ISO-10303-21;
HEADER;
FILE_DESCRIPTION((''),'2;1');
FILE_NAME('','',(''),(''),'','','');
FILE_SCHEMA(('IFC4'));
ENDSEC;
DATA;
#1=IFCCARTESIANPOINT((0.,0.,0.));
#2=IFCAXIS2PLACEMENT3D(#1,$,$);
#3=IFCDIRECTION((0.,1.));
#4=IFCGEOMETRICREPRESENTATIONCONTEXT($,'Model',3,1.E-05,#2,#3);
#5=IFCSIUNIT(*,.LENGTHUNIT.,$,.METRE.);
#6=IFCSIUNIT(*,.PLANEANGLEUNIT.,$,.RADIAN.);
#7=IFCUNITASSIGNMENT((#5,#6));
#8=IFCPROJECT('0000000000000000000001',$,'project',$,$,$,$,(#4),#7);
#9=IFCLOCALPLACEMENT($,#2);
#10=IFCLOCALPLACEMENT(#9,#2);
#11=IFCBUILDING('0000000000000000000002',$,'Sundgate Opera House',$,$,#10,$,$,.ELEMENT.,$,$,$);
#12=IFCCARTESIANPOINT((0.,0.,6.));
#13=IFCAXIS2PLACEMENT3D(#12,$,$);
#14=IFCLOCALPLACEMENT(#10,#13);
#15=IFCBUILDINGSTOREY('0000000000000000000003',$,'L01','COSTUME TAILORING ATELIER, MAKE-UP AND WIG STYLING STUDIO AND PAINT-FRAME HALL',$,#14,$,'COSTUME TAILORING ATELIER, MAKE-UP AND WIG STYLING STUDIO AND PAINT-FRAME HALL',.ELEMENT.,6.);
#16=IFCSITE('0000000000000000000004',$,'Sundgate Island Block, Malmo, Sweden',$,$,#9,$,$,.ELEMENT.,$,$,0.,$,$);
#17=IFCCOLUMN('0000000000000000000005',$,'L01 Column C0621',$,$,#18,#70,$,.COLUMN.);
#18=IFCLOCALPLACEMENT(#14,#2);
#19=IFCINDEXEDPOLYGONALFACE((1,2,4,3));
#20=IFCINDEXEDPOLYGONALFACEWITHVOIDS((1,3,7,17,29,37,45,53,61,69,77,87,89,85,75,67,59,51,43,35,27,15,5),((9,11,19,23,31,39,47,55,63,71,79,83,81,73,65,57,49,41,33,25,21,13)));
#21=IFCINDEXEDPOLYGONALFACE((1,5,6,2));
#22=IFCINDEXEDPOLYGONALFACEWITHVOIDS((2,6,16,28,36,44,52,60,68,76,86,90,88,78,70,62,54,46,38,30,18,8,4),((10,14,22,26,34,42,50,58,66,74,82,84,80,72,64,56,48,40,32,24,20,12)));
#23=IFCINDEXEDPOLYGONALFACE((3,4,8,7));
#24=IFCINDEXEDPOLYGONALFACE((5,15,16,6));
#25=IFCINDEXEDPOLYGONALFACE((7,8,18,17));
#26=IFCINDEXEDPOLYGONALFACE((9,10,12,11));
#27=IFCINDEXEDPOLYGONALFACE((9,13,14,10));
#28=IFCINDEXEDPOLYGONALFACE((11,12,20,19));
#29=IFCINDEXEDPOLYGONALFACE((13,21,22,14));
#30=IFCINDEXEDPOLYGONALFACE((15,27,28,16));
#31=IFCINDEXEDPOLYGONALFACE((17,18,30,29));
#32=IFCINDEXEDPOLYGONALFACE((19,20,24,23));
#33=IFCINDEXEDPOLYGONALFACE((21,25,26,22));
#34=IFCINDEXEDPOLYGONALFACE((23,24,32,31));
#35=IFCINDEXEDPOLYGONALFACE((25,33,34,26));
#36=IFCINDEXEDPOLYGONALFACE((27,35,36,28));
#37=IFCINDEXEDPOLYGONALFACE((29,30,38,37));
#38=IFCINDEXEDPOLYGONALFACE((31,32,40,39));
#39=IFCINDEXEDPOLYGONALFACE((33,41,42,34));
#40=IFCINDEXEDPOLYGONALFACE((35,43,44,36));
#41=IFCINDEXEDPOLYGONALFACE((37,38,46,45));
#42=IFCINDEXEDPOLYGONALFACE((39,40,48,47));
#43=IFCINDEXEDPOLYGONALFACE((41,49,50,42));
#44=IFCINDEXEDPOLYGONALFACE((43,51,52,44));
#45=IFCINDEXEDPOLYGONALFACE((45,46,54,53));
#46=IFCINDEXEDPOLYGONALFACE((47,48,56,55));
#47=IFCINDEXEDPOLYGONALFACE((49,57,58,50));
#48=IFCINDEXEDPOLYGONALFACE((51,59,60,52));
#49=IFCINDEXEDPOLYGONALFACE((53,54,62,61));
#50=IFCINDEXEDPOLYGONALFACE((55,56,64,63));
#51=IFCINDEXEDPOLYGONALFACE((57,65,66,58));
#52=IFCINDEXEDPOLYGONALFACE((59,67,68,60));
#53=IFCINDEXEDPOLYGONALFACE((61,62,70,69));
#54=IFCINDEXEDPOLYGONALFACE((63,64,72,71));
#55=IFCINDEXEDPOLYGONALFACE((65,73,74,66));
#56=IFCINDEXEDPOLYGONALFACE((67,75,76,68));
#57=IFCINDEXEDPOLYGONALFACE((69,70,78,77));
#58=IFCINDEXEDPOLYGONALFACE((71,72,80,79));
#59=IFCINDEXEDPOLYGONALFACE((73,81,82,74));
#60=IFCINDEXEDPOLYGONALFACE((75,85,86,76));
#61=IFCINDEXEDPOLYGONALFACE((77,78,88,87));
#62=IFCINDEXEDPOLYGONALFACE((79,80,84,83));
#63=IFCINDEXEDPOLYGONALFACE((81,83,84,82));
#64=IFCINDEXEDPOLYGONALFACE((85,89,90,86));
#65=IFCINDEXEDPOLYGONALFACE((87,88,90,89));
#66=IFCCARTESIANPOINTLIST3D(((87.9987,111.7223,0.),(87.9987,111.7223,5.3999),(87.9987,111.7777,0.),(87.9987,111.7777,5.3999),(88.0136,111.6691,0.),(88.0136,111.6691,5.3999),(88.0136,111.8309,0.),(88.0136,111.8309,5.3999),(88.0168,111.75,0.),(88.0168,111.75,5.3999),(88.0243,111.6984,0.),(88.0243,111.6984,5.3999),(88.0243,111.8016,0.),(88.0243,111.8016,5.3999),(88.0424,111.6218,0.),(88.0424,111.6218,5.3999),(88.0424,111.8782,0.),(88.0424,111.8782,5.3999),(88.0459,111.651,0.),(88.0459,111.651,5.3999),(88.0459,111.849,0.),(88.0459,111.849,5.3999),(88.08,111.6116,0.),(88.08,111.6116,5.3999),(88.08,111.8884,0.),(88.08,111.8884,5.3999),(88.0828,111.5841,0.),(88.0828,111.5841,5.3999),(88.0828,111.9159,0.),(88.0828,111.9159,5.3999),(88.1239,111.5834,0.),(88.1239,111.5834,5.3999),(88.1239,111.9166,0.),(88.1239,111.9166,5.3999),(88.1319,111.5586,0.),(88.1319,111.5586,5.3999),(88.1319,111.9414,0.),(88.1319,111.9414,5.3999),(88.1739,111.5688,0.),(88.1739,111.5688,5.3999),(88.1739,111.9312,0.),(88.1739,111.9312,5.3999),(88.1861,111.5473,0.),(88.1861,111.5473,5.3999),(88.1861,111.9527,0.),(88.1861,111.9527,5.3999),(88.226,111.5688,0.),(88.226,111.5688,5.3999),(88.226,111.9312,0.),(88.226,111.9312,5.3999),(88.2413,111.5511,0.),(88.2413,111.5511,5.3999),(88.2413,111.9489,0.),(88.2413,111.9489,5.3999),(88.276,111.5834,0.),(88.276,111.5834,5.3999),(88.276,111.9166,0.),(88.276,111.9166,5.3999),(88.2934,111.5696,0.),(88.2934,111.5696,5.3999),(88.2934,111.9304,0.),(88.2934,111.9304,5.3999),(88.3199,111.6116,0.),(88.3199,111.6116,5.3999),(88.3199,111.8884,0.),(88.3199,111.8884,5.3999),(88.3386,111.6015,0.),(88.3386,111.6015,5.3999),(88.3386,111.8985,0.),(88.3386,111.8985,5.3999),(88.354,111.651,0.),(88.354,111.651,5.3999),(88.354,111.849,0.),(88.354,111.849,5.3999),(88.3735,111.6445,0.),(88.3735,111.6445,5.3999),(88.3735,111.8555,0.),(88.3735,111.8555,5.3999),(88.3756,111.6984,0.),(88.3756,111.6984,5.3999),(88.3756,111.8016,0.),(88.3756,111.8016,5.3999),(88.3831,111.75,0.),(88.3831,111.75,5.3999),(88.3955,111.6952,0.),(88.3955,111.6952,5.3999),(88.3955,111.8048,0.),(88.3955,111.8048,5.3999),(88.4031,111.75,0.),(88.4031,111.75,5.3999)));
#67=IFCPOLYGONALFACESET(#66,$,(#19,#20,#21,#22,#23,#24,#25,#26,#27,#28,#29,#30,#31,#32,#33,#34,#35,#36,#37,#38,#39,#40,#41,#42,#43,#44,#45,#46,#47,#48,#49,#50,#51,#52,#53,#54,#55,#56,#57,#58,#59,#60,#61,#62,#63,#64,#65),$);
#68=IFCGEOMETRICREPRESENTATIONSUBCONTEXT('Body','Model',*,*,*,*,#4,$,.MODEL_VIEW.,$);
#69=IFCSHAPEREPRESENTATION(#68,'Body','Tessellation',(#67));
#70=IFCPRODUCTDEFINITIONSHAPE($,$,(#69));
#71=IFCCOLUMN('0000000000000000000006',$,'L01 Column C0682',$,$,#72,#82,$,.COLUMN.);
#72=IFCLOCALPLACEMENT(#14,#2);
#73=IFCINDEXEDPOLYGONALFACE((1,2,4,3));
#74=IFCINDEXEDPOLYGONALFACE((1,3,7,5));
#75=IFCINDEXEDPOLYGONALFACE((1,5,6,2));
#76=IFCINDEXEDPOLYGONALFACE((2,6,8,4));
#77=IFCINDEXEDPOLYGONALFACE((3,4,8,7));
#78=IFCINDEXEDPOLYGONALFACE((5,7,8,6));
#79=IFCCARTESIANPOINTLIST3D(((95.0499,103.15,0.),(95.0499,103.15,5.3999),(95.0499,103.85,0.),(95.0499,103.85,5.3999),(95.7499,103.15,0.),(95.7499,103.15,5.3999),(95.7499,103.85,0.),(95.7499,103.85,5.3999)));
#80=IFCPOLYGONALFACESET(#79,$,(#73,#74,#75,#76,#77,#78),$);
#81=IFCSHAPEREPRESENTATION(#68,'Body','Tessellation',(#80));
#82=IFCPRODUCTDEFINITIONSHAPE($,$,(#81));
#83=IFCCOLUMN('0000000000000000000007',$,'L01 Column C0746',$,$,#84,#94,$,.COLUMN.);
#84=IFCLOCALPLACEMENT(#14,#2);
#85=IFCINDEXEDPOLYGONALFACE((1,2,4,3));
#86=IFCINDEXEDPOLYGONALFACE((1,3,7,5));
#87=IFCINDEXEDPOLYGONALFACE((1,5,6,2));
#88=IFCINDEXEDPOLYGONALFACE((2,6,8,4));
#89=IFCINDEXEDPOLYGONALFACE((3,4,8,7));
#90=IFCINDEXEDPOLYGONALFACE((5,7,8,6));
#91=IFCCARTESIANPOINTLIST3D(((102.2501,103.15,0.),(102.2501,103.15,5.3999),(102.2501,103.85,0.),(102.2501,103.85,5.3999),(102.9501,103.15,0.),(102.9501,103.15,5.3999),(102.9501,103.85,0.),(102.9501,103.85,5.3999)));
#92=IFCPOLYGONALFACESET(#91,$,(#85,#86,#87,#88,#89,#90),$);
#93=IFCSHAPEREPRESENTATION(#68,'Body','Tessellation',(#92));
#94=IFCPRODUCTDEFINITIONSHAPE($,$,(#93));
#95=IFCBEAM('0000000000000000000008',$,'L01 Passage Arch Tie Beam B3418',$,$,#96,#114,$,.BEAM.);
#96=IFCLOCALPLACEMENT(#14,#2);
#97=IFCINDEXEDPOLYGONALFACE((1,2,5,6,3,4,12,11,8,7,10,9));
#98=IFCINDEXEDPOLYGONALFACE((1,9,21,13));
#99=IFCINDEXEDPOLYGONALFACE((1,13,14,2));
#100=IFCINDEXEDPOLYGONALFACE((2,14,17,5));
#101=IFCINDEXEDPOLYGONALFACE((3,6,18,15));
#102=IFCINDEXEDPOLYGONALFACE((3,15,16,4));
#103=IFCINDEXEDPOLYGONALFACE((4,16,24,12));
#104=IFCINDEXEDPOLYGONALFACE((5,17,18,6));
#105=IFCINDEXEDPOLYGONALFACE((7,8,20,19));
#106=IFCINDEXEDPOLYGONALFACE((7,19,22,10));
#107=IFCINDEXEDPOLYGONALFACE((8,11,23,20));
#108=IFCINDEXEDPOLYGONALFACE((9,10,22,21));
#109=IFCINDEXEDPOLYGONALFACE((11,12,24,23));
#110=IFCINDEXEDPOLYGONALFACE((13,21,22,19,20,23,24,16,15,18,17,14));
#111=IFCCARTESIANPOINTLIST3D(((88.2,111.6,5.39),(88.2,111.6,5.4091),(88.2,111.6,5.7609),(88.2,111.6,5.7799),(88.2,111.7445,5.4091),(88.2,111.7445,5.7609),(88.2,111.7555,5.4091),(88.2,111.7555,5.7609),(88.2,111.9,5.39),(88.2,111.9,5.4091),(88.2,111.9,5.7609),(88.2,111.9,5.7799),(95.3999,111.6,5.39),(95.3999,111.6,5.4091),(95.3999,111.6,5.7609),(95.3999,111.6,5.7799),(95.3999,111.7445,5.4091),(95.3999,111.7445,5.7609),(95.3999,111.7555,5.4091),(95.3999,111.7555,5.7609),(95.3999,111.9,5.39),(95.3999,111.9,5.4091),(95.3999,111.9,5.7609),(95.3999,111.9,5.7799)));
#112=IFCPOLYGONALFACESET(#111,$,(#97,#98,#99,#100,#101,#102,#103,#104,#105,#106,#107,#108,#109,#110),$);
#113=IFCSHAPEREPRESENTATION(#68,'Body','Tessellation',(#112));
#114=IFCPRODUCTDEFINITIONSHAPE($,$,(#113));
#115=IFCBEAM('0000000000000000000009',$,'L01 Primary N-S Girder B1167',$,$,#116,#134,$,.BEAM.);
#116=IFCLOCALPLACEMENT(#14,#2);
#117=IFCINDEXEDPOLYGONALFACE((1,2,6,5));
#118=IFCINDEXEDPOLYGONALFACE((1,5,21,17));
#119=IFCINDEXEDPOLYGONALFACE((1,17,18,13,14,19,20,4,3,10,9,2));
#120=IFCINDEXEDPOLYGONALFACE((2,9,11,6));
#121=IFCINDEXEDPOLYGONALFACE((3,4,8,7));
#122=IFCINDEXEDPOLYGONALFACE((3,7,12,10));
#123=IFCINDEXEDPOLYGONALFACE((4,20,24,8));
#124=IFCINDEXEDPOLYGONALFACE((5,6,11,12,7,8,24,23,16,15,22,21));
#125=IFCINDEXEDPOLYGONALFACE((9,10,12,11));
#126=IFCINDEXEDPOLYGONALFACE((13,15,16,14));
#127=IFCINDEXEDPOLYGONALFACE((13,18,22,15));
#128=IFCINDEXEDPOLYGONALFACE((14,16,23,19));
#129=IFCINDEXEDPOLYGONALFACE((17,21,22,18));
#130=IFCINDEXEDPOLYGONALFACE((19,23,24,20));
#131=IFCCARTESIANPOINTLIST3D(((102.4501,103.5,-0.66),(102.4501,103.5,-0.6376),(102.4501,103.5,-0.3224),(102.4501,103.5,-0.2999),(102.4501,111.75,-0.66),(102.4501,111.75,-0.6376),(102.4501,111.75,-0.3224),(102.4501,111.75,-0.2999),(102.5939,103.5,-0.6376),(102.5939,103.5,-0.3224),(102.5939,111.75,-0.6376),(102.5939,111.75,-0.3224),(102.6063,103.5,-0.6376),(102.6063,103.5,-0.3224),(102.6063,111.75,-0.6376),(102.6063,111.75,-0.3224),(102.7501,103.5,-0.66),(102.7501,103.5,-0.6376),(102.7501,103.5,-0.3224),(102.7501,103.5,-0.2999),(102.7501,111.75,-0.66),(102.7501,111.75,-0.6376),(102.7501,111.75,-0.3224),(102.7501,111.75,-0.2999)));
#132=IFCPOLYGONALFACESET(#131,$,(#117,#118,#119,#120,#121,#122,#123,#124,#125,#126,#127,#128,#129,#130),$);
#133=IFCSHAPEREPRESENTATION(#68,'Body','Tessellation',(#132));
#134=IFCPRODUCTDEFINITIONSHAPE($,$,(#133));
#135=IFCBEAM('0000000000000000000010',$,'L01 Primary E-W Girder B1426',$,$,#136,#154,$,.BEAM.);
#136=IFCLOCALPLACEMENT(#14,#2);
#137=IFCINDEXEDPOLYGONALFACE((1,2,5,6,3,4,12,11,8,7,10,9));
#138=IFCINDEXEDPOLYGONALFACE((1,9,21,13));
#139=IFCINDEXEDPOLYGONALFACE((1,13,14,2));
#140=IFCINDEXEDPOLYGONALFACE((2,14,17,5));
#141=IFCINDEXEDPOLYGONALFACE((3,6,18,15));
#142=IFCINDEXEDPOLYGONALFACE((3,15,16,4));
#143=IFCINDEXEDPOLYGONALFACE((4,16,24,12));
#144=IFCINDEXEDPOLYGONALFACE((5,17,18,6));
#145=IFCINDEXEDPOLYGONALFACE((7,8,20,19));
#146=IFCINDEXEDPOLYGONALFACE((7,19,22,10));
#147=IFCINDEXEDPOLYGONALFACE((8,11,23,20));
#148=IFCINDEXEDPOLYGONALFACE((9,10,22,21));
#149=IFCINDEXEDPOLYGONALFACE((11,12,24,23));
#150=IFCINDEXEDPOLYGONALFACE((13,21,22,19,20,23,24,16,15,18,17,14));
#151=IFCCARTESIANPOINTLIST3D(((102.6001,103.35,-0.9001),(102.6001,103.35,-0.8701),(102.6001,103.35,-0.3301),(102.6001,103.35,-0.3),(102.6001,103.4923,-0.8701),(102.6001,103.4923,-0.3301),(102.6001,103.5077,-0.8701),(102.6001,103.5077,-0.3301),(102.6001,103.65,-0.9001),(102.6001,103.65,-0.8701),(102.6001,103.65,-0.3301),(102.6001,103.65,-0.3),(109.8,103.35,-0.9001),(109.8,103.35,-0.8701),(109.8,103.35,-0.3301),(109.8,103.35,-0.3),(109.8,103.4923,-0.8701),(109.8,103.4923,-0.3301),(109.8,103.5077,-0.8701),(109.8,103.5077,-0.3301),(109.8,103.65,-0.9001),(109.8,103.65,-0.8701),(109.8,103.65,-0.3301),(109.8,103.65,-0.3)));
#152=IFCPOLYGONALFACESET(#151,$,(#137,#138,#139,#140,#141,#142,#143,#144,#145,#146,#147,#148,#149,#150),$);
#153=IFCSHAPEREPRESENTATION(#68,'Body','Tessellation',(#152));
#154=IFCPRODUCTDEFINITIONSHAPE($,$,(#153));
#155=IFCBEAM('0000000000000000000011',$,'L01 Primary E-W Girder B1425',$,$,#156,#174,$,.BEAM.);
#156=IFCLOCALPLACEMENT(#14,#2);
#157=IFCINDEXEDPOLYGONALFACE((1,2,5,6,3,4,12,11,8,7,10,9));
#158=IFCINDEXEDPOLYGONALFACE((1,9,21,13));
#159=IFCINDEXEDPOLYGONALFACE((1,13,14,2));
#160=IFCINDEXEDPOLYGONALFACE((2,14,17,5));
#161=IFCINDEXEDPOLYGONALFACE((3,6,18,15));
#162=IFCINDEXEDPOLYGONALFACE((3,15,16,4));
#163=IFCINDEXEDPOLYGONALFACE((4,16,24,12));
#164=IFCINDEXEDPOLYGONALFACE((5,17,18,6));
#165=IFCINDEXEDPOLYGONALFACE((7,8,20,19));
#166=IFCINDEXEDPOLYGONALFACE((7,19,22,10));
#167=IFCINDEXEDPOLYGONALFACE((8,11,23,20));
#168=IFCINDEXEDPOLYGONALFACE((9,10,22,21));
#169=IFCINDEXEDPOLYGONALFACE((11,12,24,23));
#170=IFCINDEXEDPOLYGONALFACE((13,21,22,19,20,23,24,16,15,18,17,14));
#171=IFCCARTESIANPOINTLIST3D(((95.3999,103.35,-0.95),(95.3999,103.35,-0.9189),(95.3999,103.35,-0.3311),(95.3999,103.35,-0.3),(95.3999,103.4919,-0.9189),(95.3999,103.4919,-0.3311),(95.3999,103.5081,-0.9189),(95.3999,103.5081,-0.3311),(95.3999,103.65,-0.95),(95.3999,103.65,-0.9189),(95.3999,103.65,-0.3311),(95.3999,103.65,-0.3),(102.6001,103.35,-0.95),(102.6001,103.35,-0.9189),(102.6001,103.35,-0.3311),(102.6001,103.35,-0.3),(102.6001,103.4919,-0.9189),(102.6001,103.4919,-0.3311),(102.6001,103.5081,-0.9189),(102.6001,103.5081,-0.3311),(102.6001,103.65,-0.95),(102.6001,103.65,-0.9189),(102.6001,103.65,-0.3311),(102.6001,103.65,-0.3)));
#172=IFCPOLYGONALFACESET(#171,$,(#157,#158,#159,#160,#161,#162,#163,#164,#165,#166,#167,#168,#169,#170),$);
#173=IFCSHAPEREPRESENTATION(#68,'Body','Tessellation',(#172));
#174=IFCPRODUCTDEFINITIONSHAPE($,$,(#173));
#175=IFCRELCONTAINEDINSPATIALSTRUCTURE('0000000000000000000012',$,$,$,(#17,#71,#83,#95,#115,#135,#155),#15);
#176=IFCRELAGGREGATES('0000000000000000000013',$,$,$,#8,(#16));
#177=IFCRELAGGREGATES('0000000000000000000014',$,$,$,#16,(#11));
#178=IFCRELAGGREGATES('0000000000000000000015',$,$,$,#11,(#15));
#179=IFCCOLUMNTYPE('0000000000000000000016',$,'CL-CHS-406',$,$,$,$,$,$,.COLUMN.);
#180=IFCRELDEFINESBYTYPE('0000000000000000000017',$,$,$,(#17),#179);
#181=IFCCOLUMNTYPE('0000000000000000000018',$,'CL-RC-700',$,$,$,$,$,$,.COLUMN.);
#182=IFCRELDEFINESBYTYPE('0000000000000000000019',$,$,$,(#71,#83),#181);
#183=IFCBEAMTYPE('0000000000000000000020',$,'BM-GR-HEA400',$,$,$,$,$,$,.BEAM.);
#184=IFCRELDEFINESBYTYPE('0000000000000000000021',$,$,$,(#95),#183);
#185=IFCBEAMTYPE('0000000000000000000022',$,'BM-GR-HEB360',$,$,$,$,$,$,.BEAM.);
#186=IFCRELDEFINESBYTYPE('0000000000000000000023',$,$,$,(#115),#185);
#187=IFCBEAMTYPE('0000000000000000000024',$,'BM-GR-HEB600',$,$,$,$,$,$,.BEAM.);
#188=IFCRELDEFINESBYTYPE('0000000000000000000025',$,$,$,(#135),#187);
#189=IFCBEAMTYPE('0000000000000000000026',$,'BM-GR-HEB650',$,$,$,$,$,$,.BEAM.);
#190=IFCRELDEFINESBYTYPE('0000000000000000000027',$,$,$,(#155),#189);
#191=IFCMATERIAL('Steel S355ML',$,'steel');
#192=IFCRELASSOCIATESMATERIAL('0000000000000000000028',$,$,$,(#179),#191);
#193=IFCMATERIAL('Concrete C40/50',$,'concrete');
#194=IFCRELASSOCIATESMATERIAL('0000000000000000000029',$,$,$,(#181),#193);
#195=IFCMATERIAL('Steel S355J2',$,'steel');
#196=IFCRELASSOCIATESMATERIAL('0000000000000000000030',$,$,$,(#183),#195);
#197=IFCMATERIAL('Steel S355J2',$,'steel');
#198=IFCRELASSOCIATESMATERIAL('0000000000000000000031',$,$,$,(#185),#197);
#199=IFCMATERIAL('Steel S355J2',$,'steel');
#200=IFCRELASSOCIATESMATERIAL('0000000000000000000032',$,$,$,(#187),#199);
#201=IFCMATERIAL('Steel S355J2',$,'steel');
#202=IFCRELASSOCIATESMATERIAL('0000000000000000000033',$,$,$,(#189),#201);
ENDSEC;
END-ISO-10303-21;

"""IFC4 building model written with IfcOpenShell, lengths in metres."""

from ifc_helpers import new_model, si_unit, direction, frame, origin, origin_2d, place, context, subcontext, project, spatial, rectangle, hollow_circle, i_section, extrude, material, material_profile, profile_set, type_object, element, save


model = new_model("IFC4")

# Units and contexts
model_context = context("Model", 3, precision=1e-05, world=origin(), true_north=direction((0.0, 1.0)))
body_context = subcontext(model_context, "Body", "Model", "MODEL_VIEW")
ifc_project = project(units=[si_unit("LENGTHUNIT", "METRE"), si_unit("PLANEANGLEUNIT", "RADIAN")], contexts=[model_context])

# Site, building, storey
site_placement = place(None, origin())
site = spatial("IfcSite", under=ifc_project, at=site_placement, Name="Sundgate Island Block, Malmo, Sweden", CompositionType="ELEMENT", RefElevation=0.0)
building_placement = place(site_placement, origin())
building = spatial("IfcBuilding", under=site, at=building_placement, Name="Sundgate Opera House", CompositionType="ELEMENT")
storey_placement = place(building_placement, frame((0.0, 0.0, 6.0)))
storey = spatial("IfcBuildingStorey", under=building, at=storey_placement, Name="L01", Description="COSTUME TAILORING ATELIER, MAKE-UP AND WIG STYLING STUDIO AND PAINT-FRAME HALL", LongName="COSTUME TAILORING ATELIER, MAKE-UP AND WIG STYLING STUDIO AND PAINT-FRAME HALL", CompositionType="ELEMENT", Elevation=6.0)

# Columns
ifc_material_1 = material(Name="Steel S355ML", Category="steel")
ifc_material_profile_1 = material_profile(ifc_material_1, hollow_circle(Radius=0.2031, WallThickness=0.02, at=origin_2d()), Name="CHS 406.4x20.0")
ifc_profile_set_1 = profile_set([ifc_material_profile_1], Name="Steel S355ML")
column_type_1 = type_object("IfcColumnType", Name="CL-CHS-406", PredefinedType="COLUMN", material=ifc_profile_set_1)
column_placement = place(storey_placement, frame((88.2, 111.75, 0.0), z_axis=(0.0, 0.0, 1.0), x_axis=(1.0, 0.0, 0.0)))
element("IfcColumn", 1, at=column_placement, inside=storey, type_object=column_type_1, Name="L01 Column C0621", PredefinedType="COLUMN", context=body_context, shape_type="SweptSolid", body=[
    extrude(hollow_circle(Radius=0.2031, WallThickness=0.02, at=origin_2d()), origin(), (0.0, 0.0, 1.0), 5.3999),
])
ifc_material_2 = material(Name="Concrete C40/50", Category="concrete")
ifc_material_profile_2 = material_profile(ifc_material_2, rectangle(XDim=0.7, YDim=0.7, at=origin_2d()), Name="RC 700x700")
ifc_profile_set_2 = profile_set([ifc_material_profile_2], Name="Concrete C40/50")
column_type_2 = type_object("IfcColumnType", Name="CL-RC-700", PredefinedType="COLUMN", material=ifc_profile_set_2)
for number, where, z_axis, x_axis, name in (
    (2, (95.3999, 103.5, 0.0), (0.0, 0.0, 1.0), (1.0, 0.0, 0.0), "L01 Column C0682"),
    (3, (102.6001, 103.5, 0.0), (0.0, 0.0, 1.0), (1.0, 0.0, 0.0), "L01 Column C0746"),
):
    element("IfcColumn", number, at=place(storey_placement, frame(where, z_axis=z_axis, x_axis=x_axis)), inside=storey, type_object=column_type_2, Name=name, PredefinedType="COLUMN", context=body_context, shape_type="SweptSolid", body=[
        extrude(rectangle(XDim=0.7, YDim=0.7, at=origin_2d()), origin(), (0.0, 0.0, 1.0), 5.3999),
    ])

# Beams
ifc_material_3 = material(Name="Steel S355J2", Category="steel")
ifc_material_profile_3 = material_profile(ifc_material_3, i_section(OverallWidth=0.3, OverallDepth=0.3899, WebThickness=0.011, FlangeThickness=0.019, at=origin_2d()), Name="HEA 400")
ifc_profile_set_3 = profile_set([ifc_material_profile_3], Name="Steel S355J2")
beam_type_1 = type_object("IfcBeamType", Name="BM-GR-HEA400", PredefinedType="BEAM", material=ifc_profile_set_3)
beam_1_placement = place(storey_placement, frame((88.2, 111.75, 5.585), z_axis=(1.0, 0.0, 0.0), x_axis=(0.0, 1.0, 0.0)))
element("IfcBeam", 4, at=beam_1_placement, inside=storey, type_object=beam_type_1, Name="L01 Passage Arch Tie Beam B3418", PredefinedType="BEAM", context=body_context, shape_type="SweptSolid", body=[
    extrude(i_section(OverallWidth=0.3, OverallDepth=0.3899, WebThickness=0.011, FlangeThickness=0.019, at=origin_2d()), origin(), (0.0, 0.0, 1.0), 7.2),
])
ifc_material_4 = material(Name="Steel S355J2", Category="steel")
ifc_material_profile_4 = material_profile(ifc_material_4, i_section(OverallWidth=0.3, OverallDepth=0.3601, WebThickness=0.0125, FlangeThickness=0.0225, at=origin_2d()), Name="HEB 360")
ifc_profile_set_4 = profile_set([ifc_material_profile_4], Name="Steel S355J2")
beam_type_2 = type_object("IfcBeamType", Name="BM-GR-HEB360", PredefinedType="BEAM", material=ifc_profile_set_4)
beam_2_placement = place(storey_placement, frame((102.6001, 103.5, -0.48), z_axis=(0.0, 1.0, 0.0), x_axis=(-1.0, 0.0, 0.0)))
element("IfcBeam", 5, at=beam_2_placement, inside=storey, type_object=beam_type_2, Name="L01 Primary N-S Girder B1167", PredefinedType="BEAM", context=body_context, shape_type="SweptSolid", body=[
    extrude(i_section(OverallWidth=0.3, OverallDepth=0.3601, WebThickness=0.0125, FlangeThickness=0.0225, at=origin_2d()), origin(), (0.0, 0.0, 1.0), 8.25),
])
ifc_material_5 = material(Name="Steel S355J2", Category="steel")
ifc_material_profile_5 = material_profile(ifc_material_5, i_section(OverallWidth=0.3, OverallDepth=0.6001, WebThickness=0.0154, FlangeThickness=0.03, at=origin_2d()), Name="HEB 600")
ifc_profile_set_5 = profile_set([ifc_material_profile_5], Name="Steel S355J2")
beam_type_3 = type_object("IfcBeamType", Name="BM-GR-HEB600", PredefinedType="BEAM", material=ifc_profile_set_5)
beam_3_placement = place(storey_placement, frame((102.6001, 103.5, -0.6001), z_axis=(1.0, 0.0, 0.0), x_axis=(0.0, 1.0, 0.0)))
element("IfcBeam", 6, at=beam_3_placement, inside=storey, type_object=beam_type_3, Name="L01 Primary E-W Girder B1426", PredefinedType="BEAM", context=body_context, shape_type="SweptSolid", body=[
    extrude(i_section(OverallWidth=0.3, OverallDepth=0.6001, WebThickness=0.0154, FlangeThickness=0.03, at=origin_2d()), origin(), (0.0, 0.0, 1.0), 7.2),
])
ifc_material_6 = material(Name="Steel S355J2", Category="steel")
ifc_material_profile_6 = material_profile(ifc_material_6, i_section(OverallWidth=0.3, OverallDepth=0.6499, WebThickness=0.0161, FlangeThickness=0.031, at=origin_2d()), Name="HEB 650")
ifc_profile_set_6 = profile_set([ifc_material_profile_6], Name="Steel S355J2")
beam_type_4 = type_object("IfcBeamType", Name="BM-GR-HEB650", PredefinedType="BEAM", material=ifc_profile_set_6)
beam_4_placement = place(storey_placement, frame((95.3999, 103.5, -0.625), z_axis=(1.0, 0.0, 0.0), x_axis=(0.0, 1.0, 0.0)))
element("IfcBeam", 7, at=beam_4_placement, inside=storey, type_object=beam_type_4, Name="L01 Primary E-W Girder B1425", PredefinedType="BEAM", context=body_context, shape_type="SweptSolid", body=[
    extrude(i_section(OverallWidth=0.3, OverallDepth=0.6499, WebThickness=0.0161, FlangeThickness=0.031, at=origin_2d()), origin(), (0.0, 0.0, 1.0), 7.2002),
])

save(model, "model.ifc")
